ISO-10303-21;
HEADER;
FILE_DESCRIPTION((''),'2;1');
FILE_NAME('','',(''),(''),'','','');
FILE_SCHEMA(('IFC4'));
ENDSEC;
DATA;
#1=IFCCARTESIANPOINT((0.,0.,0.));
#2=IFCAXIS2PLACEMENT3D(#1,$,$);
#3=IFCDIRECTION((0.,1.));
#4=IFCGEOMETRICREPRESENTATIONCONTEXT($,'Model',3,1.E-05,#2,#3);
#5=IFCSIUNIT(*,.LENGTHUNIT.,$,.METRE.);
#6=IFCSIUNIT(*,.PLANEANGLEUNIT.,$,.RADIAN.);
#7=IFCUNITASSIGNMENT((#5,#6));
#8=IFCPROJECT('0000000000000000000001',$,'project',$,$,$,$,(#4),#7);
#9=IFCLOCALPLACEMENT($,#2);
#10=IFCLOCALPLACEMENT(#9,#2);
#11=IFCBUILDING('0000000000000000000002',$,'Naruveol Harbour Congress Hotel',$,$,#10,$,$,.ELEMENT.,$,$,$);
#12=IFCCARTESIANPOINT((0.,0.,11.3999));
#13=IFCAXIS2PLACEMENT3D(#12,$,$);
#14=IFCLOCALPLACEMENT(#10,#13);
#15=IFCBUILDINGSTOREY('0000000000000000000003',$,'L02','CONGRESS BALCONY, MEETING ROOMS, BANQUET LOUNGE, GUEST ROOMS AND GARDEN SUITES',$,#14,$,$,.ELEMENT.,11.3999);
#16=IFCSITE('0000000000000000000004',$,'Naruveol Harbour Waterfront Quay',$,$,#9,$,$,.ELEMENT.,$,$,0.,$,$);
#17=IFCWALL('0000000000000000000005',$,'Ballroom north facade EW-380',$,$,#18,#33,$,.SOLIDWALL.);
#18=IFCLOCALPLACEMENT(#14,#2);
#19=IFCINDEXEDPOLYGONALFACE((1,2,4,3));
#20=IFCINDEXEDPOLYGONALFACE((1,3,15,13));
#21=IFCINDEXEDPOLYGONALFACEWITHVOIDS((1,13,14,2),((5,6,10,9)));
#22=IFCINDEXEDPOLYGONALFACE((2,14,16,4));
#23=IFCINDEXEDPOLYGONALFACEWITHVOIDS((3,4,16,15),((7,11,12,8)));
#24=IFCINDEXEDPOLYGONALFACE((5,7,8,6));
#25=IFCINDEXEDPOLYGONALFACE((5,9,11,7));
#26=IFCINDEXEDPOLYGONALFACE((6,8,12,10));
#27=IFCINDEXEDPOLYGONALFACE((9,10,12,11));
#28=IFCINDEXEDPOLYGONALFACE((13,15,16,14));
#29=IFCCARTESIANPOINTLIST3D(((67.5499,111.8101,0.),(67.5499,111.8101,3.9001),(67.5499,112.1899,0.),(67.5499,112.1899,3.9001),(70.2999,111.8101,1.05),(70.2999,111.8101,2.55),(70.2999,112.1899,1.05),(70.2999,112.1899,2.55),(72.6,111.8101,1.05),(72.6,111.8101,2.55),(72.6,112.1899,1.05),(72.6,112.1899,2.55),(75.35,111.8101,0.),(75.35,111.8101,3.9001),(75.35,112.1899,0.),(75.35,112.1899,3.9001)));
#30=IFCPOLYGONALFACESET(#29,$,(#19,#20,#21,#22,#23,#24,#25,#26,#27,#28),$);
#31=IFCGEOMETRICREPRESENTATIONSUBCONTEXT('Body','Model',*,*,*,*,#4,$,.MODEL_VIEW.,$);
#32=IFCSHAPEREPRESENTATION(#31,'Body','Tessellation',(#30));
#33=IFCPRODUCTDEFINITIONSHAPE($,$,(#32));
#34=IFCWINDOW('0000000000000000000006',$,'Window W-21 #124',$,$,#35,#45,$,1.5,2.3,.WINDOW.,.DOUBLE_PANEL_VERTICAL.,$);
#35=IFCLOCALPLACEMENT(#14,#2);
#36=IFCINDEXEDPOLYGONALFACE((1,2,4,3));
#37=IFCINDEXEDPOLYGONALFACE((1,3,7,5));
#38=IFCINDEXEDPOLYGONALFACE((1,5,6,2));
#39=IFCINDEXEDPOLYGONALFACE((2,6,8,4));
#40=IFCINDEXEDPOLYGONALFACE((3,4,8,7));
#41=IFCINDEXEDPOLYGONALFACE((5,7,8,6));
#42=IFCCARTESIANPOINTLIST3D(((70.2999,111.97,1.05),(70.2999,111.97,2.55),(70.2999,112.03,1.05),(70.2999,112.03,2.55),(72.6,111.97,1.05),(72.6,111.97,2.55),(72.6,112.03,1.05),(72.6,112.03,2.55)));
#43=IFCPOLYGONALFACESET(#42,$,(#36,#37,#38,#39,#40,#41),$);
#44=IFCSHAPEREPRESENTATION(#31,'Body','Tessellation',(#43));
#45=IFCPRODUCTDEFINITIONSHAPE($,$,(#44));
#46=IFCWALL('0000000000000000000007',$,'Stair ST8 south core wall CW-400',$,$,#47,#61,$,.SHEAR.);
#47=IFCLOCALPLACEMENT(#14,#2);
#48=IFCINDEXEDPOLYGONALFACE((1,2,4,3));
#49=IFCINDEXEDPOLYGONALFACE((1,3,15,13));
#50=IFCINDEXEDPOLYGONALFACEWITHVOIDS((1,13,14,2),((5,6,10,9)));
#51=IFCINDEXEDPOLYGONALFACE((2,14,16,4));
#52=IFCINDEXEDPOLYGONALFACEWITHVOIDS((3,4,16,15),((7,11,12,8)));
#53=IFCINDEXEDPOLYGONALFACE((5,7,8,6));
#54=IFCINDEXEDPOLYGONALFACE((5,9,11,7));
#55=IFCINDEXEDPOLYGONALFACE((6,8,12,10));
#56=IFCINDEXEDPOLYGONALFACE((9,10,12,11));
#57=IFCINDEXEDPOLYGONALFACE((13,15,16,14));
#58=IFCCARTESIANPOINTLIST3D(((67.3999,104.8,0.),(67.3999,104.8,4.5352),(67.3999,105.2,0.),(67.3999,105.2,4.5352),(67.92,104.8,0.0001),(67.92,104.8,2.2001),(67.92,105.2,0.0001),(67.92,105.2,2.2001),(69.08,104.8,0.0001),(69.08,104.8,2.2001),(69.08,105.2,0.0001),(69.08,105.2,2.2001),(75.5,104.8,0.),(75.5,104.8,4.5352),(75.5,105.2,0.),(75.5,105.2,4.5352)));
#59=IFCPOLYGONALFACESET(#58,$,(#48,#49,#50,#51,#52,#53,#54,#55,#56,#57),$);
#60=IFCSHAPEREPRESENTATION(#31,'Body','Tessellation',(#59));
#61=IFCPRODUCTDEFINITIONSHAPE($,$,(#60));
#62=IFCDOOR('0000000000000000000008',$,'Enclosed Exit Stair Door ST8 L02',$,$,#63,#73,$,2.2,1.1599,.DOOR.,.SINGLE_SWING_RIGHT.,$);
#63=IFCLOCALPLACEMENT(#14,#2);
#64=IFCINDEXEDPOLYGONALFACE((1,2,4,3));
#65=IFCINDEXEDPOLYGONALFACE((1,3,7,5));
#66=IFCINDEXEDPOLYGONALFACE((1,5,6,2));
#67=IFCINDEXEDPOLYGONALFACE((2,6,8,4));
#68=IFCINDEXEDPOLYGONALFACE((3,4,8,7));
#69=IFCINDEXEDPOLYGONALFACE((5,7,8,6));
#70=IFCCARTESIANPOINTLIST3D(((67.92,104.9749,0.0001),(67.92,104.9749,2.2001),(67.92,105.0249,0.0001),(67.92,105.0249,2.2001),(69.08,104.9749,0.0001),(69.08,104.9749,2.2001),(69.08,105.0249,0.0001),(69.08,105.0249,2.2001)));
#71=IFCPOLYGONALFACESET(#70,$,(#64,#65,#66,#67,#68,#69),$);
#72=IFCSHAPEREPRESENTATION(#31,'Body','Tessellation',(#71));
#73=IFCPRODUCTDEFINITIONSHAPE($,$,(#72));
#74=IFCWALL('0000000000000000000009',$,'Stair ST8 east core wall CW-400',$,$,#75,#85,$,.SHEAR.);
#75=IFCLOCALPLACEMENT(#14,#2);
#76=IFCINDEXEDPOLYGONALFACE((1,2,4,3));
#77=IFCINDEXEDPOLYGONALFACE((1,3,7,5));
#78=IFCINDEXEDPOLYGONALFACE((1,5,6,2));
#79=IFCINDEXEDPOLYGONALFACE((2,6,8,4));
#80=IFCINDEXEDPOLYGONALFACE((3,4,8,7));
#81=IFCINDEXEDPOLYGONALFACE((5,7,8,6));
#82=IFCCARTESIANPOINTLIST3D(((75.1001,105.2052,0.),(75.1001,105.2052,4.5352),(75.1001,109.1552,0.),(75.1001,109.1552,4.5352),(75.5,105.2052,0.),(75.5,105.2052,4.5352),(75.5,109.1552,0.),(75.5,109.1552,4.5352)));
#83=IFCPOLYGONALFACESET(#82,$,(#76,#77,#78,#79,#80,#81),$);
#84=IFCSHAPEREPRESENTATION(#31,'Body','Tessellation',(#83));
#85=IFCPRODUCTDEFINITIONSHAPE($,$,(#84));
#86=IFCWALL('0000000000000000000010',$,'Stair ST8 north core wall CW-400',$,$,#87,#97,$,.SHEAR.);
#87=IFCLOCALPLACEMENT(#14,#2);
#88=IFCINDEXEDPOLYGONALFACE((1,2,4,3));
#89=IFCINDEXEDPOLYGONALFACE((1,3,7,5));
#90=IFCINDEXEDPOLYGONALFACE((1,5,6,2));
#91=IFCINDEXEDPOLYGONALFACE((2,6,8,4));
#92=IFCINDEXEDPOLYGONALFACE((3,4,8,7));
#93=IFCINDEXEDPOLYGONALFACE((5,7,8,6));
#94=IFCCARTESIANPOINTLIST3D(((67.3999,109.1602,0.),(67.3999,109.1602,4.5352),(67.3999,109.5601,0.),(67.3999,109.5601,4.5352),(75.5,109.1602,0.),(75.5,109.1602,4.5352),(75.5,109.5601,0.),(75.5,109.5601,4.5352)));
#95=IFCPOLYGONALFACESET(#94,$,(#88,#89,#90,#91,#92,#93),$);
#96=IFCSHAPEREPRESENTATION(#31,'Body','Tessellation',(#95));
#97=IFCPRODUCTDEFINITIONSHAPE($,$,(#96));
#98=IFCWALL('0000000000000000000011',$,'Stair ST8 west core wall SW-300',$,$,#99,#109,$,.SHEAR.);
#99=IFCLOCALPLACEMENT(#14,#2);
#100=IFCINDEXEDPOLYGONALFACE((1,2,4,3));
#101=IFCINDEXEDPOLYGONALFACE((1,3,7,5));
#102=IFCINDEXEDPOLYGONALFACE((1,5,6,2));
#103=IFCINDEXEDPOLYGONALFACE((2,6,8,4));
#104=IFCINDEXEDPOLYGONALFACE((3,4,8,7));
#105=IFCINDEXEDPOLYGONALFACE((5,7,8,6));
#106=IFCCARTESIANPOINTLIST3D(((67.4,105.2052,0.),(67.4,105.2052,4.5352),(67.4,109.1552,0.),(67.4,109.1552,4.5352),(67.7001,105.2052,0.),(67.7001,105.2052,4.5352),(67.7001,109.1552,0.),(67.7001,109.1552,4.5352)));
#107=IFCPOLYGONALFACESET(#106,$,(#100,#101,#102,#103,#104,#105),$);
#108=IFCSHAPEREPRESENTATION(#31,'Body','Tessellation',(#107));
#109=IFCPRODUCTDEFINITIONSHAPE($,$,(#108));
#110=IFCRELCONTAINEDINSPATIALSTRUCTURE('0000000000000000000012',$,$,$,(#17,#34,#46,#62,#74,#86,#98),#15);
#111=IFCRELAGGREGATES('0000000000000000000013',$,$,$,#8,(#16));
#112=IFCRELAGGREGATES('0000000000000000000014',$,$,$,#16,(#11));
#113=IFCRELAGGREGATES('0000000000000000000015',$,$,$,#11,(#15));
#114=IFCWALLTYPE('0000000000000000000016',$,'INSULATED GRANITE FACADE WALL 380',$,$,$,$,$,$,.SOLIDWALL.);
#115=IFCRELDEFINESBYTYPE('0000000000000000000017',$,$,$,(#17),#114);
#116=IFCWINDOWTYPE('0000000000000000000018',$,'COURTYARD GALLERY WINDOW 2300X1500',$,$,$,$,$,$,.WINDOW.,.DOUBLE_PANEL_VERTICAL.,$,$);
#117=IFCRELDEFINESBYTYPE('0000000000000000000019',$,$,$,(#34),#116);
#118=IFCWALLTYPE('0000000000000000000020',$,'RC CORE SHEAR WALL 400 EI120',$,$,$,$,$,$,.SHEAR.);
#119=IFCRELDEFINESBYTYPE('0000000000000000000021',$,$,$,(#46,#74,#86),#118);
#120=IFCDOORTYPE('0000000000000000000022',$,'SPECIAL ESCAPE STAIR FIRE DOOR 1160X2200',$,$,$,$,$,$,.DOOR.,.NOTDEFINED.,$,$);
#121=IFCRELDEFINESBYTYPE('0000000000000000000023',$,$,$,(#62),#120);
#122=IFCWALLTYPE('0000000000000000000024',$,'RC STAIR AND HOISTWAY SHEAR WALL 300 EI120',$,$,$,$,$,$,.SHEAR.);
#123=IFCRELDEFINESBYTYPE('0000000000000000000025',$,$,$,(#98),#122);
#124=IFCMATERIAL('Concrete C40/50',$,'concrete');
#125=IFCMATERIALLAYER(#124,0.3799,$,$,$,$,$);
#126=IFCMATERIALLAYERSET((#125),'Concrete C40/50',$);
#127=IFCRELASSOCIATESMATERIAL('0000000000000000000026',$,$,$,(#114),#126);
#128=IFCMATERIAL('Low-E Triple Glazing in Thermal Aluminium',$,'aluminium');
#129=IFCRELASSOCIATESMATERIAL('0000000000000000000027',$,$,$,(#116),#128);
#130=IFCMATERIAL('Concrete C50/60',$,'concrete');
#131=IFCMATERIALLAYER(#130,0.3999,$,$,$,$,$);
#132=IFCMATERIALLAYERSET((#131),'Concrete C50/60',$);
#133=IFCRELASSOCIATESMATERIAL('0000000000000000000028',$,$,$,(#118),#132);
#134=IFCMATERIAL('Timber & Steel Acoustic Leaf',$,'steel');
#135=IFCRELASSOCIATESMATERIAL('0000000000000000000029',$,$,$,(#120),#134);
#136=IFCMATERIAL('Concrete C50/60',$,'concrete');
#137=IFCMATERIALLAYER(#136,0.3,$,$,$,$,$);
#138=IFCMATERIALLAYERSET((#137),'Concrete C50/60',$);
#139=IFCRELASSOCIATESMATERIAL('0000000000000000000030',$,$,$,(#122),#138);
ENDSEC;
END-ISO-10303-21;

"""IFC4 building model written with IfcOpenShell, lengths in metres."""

from ifc_helpers import new_model, si_unit, direction, frame, frame_2d, origin, place, context, subcontext, project, spatial, rectangle, extrude, material, layer, layer_set, type_object, element, fill, save


model = new_model("IFC4")

# Units and contexts
model_context = context("Model", 3, precision=1e-05, world=origin(), true_north=direction((0.0, 1.0)))
body_context = subcontext(model_context, "Body", "Model", "MODEL_VIEW")
ifc_project = project(units=[si_unit("LENGTHUNIT", "METRE"), si_unit("PLANEANGLEUNIT", "RADIAN")], contexts=[model_context])

# Site, building, storey
site_placement = place(None, origin())
site = spatial("IfcSite", under=ifc_project, at=site_placement, Name="Naruveol Harbour Waterfront Quay", CompositionType="ELEMENT", RefElevation=0.0)
building_placement = place(site_placement, origin())
building = spatial("IfcBuilding", under=site, at=building_placement, Name="Naruveol Harbour Congress Hotel", CompositionType="ELEMENT")
storey_placement = place(building_placement, frame((0.0, 0.0, 11.3999)))
storey = spatial("IfcBuildingStorey", under=building, at=storey_placement, Name="L02", Description="CONGRESS BALCONY, MEETING ROOMS, BANQUET LOUNGE, GUEST ROOMS AND GARDEN SUITES", CompositionType="ELEMENT", Elevation=11.3999)

# Wall, opening, window
ifc_material_1 = material(Name="Concrete C40/50", Category="concrete")
ifc_layer_1 = layer(ifc_material_1, 0.3799)
ifc_layer_set_1 = layer_set([ifc_layer_1], Name="Concrete C40/50")
wall_type_1 = type_object("IfcWallType", Name="INSULATED GRANITE FACADE WALL 380", PredefinedType="SOLIDWALL", material=ifc_layer_set_1)
wall_1_placement = place(storey_placement, frame((67.55, 112.0, 0.0), z_axis=(0.0, 0.0, 1.0), x_axis=(1.0, 0.0, 0.0)))
wall_1 = element("IfcWall", 1, at=wall_1_placement, inside=storey, type_object=wall_type_1, Name="Ballroom north facade EW-380", PredefinedType="SOLIDWALL", context=body_context, shape_type="SweptSolid", body=[
    extrude(rectangle(XDim=7.8, YDim=0.3799, at=frame_2d((3.8999, 0.0))), origin(), (0.0, 0.0, 1.0), 3.9001),
])
opening_1_placement = place(wall_1_placement, frame((2.75, 0.0, 1.05)))
opening_1 = element("IfcOpeningElement", 2, at=opening_1_placement, cuts=wall_1, PredefinedType="OPENING", context=body_context, shape_type="SweptSolid", body=[
    extrude(rectangle(XDim=2.3, YDim=1.5, at=frame_2d((1.1499, 0.75))), frame((0.0, 0.2, 0.0), z_axis=(0.0, -1.0, 0.0), x_axis=(1.0, 0.0, 0.0)), (0.0, 0.0, 1.0), 0.3999),
])
ifc_material_2 = material(Name="Low-E Triple Glazing in Thermal Aluminium", Category="aluminium")
window_type_1 = type_object("IfcWindowType", Name="COURTYARD GALLERY WINDOW 2300X1500", PartitioningType="DOUBLE_PANEL_VERTICAL", PredefinedType="WINDOW", material=ifc_material_2)
window_1_placement = place(opening_1_placement, origin())
window_1 = element("IfcWindow", 3, at=window_1_placement, inside=storey, type_object=window_type_1, Name="Window W-21 #124", OverallHeight=1.5, OverallWidth=2.3, PartitioningType="DOUBLE_PANEL_VERTICAL", PredefinedType="WINDOW", context=body_context, shape_type="SweptSolid", body=[
    extrude(rectangle(XDim=2.3, YDim=1.5, at=frame_2d((1.1499, 0.75))), frame((0.0, 0.03, 0.0), z_axis=(0.0, -1.0, 0.0), x_axis=(1.0, 0.0, 0.0)), (0.0, 0.0, 1.0), 0.0601),
])
fill(opening_1, window_1)

# Wall, opening, door
ifc_material_3 = material(Name="Concrete C50/60", Category="concrete")
ifc_layer_2 = layer(ifc_material_3, 0.3999)
ifc_layer_set_2 = layer_set([ifc_layer_2], Name="Concrete C50/60")
wall_type_2 = type_object("IfcWallType", Name="RC CORE SHEAR WALL 400 EI120", PredefinedType="SHEAR", material=ifc_layer_set_2)
wall_2_placement = place(storey_placement, frame((67.3999, 105.0, 0.0), z_axis=(0.0, 0.0, 1.0), x_axis=(1.0, 0.0, 0.0)))
wall_2 = element("IfcWall", 4, at=wall_2_placement, inside=storey, type_object=wall_type_2, Name="Stair ST8 south core wall CW-400", PredefinedType="SHEAR", context=body_context, shape_type="SweptSolid", body=[
    extrude(rectangle(XDim=8.1001, YDim=0.3999, at=frame_2d((4.05, 0.0))), origin(), (0.0, 0.0, 1.0), 4.5352),
])
opening_2_placement = place(wall_2_placement, frame((0.52, 0.0, 0.0)))
opening_2 = element("IfcOpeningElement", 5, at=opening_2_placement, cuts=wall_2, PredefinedType="OPENING", context=body_context, shape_type="SweptSolid", body=[
    extrude(rectangle(XDim=1.1599, YDim=2.2, at=frame_2d((0.5801, 1.1001))), frame((0.0, 0.21, 0.0), z_axis=(0.0, -1.0, 0.0), x_axis=(1.0, 0.0, 0.0)), (0.0, 0.0, 1.0), 0.4199),
])
ifc_material_4 = material(Name="Timber & Steel Acoustic Leaf", Category="steel")
door_type = type_object("IfcDoorType", Name="SPECIAL ESCAPE STAIR FIRE DOOR 1160X2200", OperationType="NOTDEFINED", PredefinedType="DOOR", material=ifc_material_4)
door_placement = place(opening_2_placement, origin())
door = element("IfcDoor", 6, at=door_placement, inside=storey, type_object=door_type, Name="Enclosed Exit Stair Door ST8 L02", OperationType="SINGLE_SWING_RIGHT", OverallHeight=2.2, OverallWidth=1.1599, PredefinedType="DOOR", context=body_context, shape_type="SweptSolid", body=[
    extrude(rectangle(XDim=1.1599, YDim=2.2, at=frame_2d((0.5801, 1.1001))), frame((0.0, 0.0249, 0.0), z_axis=(0.0, -1.0, 0.0), x_axis=(1.0, 0.0, 0.0)), (0.0, 0.0, 1.0), 0.05),
])
fill(opening_2, door)

# Walls
wall_3_placement = place(storey_placement, frame((75.3, 105.2051, 0.0), z_axis=(0.0, 0.0, 1.0), x_axis=(0.0, 1.0, 0.0)))
element("IfcWall", 7, at=wall_3_placement, inside=storey, type_object=wall_type_2, Name="Stair ST8 east core wall CW-400", PredefinedType="SHEAR", context=body_context, shape_type="SweptSolid", body=[
    extrude(rectangle(XDim=3.95, YDim=0.3999, at=frame_2d((1.9751, 0.0))), origin(), (0.0, 0.0, 1.0), 4.5352),
])
wall_4_placement = place(storey_placement, frame((67.3999, 109.3601, 0.0), z_axis=(0.0, 0.0, 1.0), x_axis=(1.0, 0.0, 0.0)))
element("IfcWall", 8, at=wall_4_placement, inside=storey, type_object=wall_type_2, Name="Stair ST8 north core wall CW-400", PredefinedType="SHEAR", context=body_context, shape_type="SweptSolid", body=[
    extrude(rectangle(XDim=8.1001, YDim=0.3999, at=frame_2d((4.05, 0.0))), origin(), (0.0, 0.0, 1.0), 4.5352),
])
ifc_material_5 = material(Name="Concrete C50/60", Category="concrete")
ifc_layer_3 = layer(ifc_material_5, 0.3)
ifc_layer_set_3 = layer_set([ifc_layer_3], Name="Concrete C50/60")
wall_type_3 = type_object("IfcWallType", Name="RC STAIR AND HOISTWAY SHEAR WALL 300 EI120", PredefinedType="SHEAR", material=ifc_layer_set_3)
wall_5_placement = place(storey_placement, frame((67.55, 105.2051, 0.0), z_axis=(0.0, 0.0, 1.0), x_axis=(0.0, 1.0, 0.0)))
element("IfcWall", 9, at=wall_5_placement, inside=storey, type_object=wall_type_3, Name="Stair ST8 west core wall SW-300", PredefinedType="SHEAR", context=body_context, shape_type="SweptSolid", body=[
    extrude(rectangle(XDim=3.95, YDim=0.3, at=frame_2d((1.9751, 0.0))), origin(), (0.0, 0.0, 1.0), 4.5352),
])

save(model, "model.ifc")
